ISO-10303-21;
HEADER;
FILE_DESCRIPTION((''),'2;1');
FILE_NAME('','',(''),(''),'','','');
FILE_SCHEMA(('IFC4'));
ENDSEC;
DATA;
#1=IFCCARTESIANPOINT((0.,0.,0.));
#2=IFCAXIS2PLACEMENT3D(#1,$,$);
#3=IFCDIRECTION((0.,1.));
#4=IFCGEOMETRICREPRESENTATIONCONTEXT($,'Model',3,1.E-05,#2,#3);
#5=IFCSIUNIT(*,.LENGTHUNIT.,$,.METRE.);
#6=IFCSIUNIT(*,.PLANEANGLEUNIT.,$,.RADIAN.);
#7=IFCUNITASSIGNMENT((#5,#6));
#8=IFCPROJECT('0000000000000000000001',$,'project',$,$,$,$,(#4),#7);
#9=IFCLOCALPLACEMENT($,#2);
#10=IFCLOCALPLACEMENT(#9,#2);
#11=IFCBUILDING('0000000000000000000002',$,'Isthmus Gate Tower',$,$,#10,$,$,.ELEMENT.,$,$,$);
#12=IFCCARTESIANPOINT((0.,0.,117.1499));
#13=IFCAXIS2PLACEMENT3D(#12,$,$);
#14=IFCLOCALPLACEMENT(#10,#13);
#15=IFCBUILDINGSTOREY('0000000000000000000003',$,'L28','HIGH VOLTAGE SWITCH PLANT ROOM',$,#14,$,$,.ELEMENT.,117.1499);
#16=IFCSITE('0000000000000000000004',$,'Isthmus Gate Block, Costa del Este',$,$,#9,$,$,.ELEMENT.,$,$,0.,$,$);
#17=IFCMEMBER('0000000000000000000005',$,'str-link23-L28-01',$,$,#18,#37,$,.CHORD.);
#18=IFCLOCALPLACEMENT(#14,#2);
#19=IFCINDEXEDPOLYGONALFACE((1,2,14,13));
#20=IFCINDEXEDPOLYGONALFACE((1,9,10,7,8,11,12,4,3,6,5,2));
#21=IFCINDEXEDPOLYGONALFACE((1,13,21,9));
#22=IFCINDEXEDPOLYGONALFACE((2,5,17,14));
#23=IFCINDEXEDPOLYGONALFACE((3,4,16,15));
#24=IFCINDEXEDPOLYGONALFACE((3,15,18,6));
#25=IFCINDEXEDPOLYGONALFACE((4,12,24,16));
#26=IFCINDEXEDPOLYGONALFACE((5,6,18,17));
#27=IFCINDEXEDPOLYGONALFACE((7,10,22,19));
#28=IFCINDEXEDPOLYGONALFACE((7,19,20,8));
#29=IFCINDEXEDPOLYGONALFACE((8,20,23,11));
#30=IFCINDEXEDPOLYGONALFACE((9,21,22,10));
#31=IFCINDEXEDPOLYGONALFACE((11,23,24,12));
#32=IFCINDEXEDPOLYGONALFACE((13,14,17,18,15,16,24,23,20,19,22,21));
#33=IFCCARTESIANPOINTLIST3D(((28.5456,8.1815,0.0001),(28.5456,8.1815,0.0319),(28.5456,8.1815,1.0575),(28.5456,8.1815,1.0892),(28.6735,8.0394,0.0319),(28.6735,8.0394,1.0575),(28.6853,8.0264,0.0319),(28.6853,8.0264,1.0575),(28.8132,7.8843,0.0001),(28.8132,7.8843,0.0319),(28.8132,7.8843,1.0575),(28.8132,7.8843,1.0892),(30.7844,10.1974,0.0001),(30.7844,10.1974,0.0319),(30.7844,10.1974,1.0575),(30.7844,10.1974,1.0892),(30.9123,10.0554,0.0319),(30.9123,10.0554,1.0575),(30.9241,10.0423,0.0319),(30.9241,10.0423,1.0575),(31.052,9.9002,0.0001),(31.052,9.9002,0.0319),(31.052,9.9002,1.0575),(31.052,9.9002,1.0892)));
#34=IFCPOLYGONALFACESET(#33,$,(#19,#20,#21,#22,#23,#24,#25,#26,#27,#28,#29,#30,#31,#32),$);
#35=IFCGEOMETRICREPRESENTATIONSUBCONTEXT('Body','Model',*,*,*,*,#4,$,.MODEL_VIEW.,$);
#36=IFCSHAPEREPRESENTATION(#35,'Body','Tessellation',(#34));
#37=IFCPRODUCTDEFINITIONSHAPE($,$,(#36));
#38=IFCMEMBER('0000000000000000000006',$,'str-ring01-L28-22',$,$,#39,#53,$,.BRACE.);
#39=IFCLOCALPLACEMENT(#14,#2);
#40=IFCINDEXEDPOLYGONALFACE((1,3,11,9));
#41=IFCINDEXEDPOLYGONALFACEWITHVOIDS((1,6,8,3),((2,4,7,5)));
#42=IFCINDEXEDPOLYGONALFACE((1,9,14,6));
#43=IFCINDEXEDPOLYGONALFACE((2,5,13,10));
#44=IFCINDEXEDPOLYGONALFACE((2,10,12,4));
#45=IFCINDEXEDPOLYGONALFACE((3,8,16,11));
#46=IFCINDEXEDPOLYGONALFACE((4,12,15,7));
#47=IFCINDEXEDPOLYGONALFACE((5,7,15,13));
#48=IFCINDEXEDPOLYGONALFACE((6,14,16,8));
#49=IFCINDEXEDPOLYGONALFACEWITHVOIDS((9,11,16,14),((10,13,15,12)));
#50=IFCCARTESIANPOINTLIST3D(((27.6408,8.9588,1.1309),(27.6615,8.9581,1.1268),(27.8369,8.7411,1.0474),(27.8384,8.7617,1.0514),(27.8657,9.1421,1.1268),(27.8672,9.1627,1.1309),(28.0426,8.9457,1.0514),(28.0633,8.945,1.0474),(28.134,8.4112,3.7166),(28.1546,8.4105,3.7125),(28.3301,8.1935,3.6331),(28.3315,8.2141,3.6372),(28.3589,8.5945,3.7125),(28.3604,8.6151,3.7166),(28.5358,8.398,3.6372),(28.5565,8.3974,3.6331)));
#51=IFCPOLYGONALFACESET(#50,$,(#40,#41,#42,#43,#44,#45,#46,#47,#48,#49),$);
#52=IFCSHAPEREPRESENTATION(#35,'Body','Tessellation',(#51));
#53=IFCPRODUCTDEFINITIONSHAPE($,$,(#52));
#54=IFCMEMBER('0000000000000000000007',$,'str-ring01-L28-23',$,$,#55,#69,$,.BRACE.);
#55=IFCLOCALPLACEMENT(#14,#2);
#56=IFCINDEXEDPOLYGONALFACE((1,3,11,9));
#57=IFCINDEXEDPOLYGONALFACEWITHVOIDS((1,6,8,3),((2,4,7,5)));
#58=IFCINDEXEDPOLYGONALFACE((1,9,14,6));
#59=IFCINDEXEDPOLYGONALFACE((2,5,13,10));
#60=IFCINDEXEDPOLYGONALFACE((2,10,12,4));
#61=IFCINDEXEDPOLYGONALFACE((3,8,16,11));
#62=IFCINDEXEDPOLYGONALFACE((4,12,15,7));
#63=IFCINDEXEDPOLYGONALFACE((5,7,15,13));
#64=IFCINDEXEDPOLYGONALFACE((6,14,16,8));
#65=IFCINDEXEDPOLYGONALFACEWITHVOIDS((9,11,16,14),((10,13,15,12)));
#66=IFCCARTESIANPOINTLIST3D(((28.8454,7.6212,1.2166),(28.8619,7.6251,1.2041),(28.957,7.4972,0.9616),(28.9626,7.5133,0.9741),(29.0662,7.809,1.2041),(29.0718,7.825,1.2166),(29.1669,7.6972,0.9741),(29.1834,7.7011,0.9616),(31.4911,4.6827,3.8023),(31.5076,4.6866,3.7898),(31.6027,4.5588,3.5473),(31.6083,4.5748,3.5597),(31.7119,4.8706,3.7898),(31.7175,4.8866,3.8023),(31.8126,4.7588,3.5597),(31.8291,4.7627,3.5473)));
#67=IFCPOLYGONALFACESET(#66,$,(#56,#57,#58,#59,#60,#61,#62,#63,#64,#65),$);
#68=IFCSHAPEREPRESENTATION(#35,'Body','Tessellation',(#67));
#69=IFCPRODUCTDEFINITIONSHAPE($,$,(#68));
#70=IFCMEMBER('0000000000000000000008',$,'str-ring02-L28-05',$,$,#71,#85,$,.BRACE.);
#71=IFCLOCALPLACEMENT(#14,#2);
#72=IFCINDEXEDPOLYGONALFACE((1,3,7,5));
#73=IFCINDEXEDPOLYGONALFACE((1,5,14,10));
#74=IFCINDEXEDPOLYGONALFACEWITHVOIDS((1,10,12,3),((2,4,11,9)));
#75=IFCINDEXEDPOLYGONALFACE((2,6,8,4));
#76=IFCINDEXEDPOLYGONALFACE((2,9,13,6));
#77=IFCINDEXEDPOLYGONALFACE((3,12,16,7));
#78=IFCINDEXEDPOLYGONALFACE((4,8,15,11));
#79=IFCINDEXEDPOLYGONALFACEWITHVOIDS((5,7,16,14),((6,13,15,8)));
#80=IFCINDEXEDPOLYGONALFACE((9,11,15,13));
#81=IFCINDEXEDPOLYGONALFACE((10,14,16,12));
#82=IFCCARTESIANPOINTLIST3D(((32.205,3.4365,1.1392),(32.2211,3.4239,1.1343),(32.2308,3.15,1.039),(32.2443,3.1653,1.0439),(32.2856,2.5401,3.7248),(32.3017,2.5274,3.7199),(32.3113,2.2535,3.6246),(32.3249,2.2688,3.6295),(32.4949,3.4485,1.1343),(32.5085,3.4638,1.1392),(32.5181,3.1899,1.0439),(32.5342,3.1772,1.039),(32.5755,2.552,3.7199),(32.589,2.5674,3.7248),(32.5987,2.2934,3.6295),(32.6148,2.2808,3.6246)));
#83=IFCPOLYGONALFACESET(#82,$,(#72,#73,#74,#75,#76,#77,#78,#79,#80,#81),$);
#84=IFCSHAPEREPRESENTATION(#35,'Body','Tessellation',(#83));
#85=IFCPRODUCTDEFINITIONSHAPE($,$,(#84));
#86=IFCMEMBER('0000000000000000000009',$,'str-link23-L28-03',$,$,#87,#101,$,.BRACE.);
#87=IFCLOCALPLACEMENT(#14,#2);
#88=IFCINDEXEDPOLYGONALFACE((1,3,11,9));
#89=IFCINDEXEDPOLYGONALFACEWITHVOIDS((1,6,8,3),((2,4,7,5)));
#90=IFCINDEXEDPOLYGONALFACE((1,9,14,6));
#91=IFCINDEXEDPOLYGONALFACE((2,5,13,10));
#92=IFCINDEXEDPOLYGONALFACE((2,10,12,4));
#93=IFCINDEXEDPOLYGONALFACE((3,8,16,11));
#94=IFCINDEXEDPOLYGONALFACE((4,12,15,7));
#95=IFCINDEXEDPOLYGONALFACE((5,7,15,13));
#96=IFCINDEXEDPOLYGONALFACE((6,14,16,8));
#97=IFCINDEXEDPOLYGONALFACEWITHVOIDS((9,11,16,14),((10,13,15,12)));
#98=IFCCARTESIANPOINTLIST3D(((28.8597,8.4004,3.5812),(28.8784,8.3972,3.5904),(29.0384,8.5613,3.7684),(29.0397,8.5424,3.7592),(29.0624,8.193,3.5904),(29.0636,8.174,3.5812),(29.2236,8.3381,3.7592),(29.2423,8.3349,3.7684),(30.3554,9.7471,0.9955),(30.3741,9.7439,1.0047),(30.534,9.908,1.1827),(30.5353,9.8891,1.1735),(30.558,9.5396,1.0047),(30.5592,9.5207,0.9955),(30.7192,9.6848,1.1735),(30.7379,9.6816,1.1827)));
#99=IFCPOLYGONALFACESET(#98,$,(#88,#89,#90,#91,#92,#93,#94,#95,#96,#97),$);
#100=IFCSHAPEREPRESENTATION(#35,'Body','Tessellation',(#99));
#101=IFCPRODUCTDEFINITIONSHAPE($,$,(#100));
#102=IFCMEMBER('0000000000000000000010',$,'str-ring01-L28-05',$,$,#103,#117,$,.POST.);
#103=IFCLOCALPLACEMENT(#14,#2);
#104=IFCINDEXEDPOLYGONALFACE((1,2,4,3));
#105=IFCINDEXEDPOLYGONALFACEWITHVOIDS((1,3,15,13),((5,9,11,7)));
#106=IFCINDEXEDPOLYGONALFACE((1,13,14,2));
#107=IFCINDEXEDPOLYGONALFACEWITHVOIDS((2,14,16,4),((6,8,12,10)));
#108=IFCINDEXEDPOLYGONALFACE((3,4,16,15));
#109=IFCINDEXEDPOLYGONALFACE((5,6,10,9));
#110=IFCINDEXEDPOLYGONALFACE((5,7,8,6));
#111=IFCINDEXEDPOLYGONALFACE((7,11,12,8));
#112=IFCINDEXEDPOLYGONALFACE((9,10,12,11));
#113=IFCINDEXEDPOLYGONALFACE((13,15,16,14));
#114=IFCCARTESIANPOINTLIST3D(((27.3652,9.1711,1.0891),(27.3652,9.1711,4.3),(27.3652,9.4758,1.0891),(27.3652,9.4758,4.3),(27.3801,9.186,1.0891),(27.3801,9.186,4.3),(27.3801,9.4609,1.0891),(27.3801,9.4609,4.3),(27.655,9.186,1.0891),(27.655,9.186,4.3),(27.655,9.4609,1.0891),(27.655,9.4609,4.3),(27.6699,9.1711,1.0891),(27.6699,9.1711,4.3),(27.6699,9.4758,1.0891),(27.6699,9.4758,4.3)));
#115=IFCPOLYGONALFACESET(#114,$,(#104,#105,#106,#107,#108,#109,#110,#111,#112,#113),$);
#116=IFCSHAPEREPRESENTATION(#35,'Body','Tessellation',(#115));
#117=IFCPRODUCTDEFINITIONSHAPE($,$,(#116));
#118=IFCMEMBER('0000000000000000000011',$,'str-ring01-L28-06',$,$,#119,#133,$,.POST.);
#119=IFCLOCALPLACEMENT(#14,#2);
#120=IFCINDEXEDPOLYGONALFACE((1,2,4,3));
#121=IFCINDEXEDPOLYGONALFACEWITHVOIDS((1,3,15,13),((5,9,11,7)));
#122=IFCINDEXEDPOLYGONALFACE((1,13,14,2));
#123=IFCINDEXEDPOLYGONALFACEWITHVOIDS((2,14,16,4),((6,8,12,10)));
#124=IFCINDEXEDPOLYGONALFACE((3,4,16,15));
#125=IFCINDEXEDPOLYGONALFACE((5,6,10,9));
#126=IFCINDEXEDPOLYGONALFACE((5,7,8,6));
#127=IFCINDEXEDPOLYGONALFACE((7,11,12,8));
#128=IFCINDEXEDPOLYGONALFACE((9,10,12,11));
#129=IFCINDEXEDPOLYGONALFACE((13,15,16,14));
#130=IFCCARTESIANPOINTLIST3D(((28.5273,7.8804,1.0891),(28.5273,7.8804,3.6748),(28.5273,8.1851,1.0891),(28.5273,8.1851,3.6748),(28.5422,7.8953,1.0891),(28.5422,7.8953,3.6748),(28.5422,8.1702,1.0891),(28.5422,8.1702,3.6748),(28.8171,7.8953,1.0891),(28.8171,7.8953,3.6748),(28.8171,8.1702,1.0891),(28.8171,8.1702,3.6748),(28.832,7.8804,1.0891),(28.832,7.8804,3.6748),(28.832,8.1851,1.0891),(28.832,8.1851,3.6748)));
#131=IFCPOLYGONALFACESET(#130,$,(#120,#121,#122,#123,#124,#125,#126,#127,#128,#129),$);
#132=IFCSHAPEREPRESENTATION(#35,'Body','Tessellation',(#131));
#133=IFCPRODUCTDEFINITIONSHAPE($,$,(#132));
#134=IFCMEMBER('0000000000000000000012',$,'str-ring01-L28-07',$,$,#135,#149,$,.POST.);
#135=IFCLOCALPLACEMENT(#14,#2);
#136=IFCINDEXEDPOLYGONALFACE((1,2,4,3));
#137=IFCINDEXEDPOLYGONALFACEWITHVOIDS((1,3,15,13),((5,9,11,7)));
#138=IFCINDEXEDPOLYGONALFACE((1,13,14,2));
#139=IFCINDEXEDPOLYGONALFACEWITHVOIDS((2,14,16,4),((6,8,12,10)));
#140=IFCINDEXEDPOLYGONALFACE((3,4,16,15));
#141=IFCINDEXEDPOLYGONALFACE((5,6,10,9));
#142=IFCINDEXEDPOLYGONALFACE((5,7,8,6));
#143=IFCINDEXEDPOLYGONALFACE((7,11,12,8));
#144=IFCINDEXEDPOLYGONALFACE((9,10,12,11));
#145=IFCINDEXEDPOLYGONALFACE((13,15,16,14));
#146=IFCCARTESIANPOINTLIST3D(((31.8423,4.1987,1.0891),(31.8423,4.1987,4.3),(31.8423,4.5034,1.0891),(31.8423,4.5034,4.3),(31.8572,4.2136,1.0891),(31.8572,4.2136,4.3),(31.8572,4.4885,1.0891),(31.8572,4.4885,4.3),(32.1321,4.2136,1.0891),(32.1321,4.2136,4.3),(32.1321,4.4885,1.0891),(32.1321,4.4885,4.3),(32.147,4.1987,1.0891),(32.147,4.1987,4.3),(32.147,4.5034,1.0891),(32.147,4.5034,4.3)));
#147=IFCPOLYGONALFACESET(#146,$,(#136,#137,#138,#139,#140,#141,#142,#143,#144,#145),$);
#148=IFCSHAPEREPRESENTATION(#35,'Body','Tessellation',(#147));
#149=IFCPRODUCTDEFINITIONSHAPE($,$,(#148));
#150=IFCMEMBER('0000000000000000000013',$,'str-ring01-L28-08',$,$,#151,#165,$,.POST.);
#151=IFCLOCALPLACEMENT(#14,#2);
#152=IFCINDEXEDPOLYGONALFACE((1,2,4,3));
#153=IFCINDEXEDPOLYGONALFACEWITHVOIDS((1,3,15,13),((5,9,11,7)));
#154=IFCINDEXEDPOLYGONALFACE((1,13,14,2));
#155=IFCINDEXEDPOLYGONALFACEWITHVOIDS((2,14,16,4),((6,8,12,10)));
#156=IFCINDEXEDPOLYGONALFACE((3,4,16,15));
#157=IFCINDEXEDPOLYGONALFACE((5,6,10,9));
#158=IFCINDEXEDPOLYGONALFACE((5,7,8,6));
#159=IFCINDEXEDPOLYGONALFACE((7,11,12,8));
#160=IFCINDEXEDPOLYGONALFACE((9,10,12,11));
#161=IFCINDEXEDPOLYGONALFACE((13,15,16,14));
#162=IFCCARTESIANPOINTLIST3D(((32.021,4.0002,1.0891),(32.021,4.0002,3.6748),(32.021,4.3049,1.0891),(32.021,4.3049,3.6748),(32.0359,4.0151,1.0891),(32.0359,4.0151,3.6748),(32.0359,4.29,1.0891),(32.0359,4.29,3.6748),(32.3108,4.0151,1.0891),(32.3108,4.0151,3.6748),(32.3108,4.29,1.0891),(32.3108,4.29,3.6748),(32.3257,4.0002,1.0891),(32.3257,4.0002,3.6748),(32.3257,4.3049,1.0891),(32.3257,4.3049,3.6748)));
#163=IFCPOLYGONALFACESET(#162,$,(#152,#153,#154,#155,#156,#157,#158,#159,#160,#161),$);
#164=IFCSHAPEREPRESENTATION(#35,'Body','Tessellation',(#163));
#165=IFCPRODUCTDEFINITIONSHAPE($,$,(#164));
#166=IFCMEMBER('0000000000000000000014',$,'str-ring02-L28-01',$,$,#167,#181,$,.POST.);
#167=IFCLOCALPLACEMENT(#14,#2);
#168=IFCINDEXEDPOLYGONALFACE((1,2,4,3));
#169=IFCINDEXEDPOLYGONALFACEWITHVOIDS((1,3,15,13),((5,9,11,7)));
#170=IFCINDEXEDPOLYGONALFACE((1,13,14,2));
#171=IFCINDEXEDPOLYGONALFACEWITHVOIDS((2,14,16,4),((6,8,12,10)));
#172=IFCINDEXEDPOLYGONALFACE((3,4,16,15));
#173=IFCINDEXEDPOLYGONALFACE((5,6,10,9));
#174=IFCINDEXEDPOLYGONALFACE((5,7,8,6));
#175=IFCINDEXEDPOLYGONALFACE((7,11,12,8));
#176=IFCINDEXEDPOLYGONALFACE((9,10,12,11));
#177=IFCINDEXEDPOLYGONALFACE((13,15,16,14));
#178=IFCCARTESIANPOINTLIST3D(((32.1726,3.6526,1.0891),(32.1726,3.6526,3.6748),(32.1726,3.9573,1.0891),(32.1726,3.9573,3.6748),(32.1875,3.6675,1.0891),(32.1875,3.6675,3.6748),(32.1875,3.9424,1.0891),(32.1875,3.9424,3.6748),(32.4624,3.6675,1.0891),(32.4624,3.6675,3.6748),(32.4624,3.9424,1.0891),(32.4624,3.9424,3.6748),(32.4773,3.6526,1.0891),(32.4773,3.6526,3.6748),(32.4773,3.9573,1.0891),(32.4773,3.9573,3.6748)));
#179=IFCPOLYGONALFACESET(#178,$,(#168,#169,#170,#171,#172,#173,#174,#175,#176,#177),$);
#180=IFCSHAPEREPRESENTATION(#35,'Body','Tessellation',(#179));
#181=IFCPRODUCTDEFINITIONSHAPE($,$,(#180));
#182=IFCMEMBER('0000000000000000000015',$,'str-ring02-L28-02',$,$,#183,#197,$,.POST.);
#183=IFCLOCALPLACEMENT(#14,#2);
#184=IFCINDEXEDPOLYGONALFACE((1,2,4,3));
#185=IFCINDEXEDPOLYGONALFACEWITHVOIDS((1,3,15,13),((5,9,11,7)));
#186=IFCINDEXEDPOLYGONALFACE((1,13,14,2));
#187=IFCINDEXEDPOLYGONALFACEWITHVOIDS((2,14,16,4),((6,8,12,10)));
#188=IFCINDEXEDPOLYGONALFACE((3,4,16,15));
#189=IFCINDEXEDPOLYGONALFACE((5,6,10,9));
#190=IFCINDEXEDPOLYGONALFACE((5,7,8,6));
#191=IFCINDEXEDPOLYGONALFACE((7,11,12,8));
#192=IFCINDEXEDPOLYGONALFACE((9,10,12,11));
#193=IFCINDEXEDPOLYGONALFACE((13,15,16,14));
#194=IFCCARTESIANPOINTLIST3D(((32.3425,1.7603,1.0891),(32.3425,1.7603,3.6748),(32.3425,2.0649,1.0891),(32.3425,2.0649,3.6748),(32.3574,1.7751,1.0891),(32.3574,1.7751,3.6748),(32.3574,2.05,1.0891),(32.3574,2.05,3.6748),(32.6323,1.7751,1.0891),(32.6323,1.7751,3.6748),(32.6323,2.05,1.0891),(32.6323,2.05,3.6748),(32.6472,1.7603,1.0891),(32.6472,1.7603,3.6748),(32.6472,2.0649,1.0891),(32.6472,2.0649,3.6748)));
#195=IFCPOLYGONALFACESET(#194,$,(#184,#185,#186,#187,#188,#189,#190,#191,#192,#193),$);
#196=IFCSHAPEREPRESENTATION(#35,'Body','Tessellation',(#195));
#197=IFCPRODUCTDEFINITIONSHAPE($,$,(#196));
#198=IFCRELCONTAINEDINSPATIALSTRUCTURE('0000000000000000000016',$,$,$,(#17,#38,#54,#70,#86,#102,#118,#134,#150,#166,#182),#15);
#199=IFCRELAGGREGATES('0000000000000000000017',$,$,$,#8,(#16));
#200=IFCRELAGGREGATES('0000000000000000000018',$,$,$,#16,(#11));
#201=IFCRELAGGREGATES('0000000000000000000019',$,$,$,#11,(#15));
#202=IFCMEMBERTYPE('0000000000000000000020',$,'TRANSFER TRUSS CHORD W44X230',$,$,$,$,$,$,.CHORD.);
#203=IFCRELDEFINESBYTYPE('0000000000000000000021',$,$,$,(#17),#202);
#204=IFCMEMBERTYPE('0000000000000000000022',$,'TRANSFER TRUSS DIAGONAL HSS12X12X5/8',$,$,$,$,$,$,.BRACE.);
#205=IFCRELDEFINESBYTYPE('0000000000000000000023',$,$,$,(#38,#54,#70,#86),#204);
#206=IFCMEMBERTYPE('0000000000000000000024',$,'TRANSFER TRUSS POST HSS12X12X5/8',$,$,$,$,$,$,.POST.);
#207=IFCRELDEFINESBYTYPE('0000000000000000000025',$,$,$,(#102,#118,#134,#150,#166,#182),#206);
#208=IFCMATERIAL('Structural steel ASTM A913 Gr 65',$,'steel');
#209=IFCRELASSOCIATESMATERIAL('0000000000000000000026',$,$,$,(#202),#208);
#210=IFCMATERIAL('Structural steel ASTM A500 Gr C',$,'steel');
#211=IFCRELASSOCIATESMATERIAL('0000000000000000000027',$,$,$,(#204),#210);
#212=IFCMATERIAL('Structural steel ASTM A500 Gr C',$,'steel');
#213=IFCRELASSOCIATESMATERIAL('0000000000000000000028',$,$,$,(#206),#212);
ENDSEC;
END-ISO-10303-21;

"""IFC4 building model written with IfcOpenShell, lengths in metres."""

from ifc_helpers import new_model, si_unit, direction, frame, origin, origin_2d, place, context, subcontext, project, spatial, hollow_rectangle, i_section, extrude, material, material_profile, profile_set, type_object, element, save


model = new_model("IFC4")

# Units and contexts
model_context = context("Model", 3, precision=1e-05, world=origin(), true_north=direction((0.0, 1.0)))
body_context = subcontext(model_context, "Body", "Model", "MODEL_VIEW")
ifc_project = project(units=[si_unit("LENGTHUNIT", "METRE"), si_unit("PLANEANGLEUNIT", "RADIAN")], contexts=[model_context])

# Site, building, storey
site_placement = place(None, origin())
site = spatial("IfcSite", under=ifc_project, at=site_placement, Name="Isthmus Gate Block, Costa del Este", CompositionType="ELEMENT", RefElevation=0.0)
building_placement = place(site_placement, origin())
building = spatial("IfcBuilding", under=site, at=building_placement, Name="Isthmus Gate Tower", CompositionType="ELEMENT")
storey_placement = place(building_placement, frame((0.0, 0.0, 117.1499)))
storey = spatial("IfcBuildingStorey", under=building, at=storey_placement, Name="L28", Description="HIGH VOLTAGE SWITCH PLANT ROOM", CompositionType="ELEMENT", Elevation=117.1499)

# Members
ifc_material_1 = material(Name="Structural steel ASTM A913 Gr 65", Category="steel")
ifc_material_profile_1 = material_profile(ifc_material_1, i_section(OverallWidth=0.3999, OverallDepth=1.0891, WebThickness=0.0176, FlangeThickness=0.0317, at=origin_2d()), Name="W44X230")
ifc_profile_set_1 = profile_set([ifc_material_profile_1], Name="Structural steel ASTM A913 Gr 65")
member_type_1 = type_object("IfcMemberType", Name="TRANSFER TRUSS CHORD W44X230", PredefinedType="CHORD", material=ifc_profile_set_1)
member_1_placement = place(storey_placement, frame((30.9182, 10.0488, 0.5447), z_axis=(-0.743133, -0.669144, 0.0), x_axis=(0.669144, -0.743133, 0.0)))
element("IfcMember", 1, at=member_1_placement, inside=storey, type_object=member_type_1, Name="str-link23-L28-01", PredefinedType="CHORD", context=body_context, shape_type="SweptSolid", body=[
    extrude(i_section(OverallWidth=0.3999, OverallDepth=1.0891, WebThickness=0.0176, FlangeThickness=0.0317, at=origin_2d()), origin(), (0.0, 0.0, 1.0), 3.0127),
])
ifc_material_2 = material(Name="Structural steel ASTM A500 Gr C", Category="steel")
ifc_material_profile_2 = material_profile(ifc_material_2, hollow_rectangle(XDim=0.3047, YDim=0.3047, WallThickness=0.0149, at=origin_2d()), Name="HSS12X12X5/8")
ifc_profile_set_2 = profile_set([ifc_material_profile_2], Name="Structural steel ASTM A500 Gr C")
member_type_2 = type_object("IfcMemberType", Name="TRANSFER TRUSS DIAGONAL HSS12X12X5/8", PredefinedType="BRACE", material=ifc_profile_set_2)
member_2_placement = place(storey_placement, frame((27.8521, 8.9519, 1.0891), z_axis=(0.183424, -0.203673, 0.961703), x_axis=(0.74308, 0.669203, 0.0)))
element("IfcMember", 2, at=member_2_placement, inside=storey, type_object=member_type_2, Name="str-ring01-L28-22", PredefinedType="BRACE", context=body_context, shape_type="SweptSolid", body=[
    extrude(hollow_rectangle(XDim=0.3047, YDim=0.3047, WallThickness=0.0149, at=origin_2d()), origin(), (0.0, 0.0, 1.0), 2.6887),
])
member_3_placement = place(storey_placement, frame((29.0144, 7.6611, 1.0891), z_axis=(0.560012, -0.621972, 0.5473), x_axis=(0.743153, 0.669122, 0.0)))
element("IfcMember", 3, at=member_3_placement, inside=storey, type_object=member_type_2, Name="str-ring01-L28-23", PredefinedType="BRACE", context=body_context, shape_type="SweptSolid", body=[
    extrude(hollow_rectangle(XDim=0.3047, YDim=0.3047, WallThickness=0.0149, at=origin_2d()), origin(), (0.0, 0.0, 1.0), 4.7244),
])
member_4_placement = place(storey_placement, frame((32.3696, 3.3069, 1.0891), z_axis=(0.029427, -0.327437, 0.944415), x_axis=(0.995986, 0.089509, 0.0)))
element("IfcMember", 4, at=member_4_placement, inside=storey, type_object=member_type_2, Name="str-ring02-L28-05", PredefinedType="BRACE", context=body_context, shape_type="SweptSolid", body=[
    extrude(hollow_rectangle(XDim=0.3047, YDim=0.3047, WallThickness=0.0149, at=origin_2d()), origin(), (0.0, 0.0, 1.0), 2.7378),
])
member_5_placement = place(storey_placement, frame((30.5466, 9.7144, 1.0891), z_axis=(-0.456449, -0.410997, 0.789136), x_axis=(0.669139, -0.743137, 0.0)))
element("IfcMember", 5, at=member_5_placement, inside=storey, type_object=member_type_2, Name="str-link23-L28-03", PredefinedType="BRACE", context=body_context, shape_type="SweptSolid", body=[
    extrude(hollow_rectangle(XDim=0.3047, YDim=0.3047, WallThickness=0.0149, at=origin_2d()), origin(), (0.0, 0.0, 1.0), 3.2766),
])
ifc_material_3 = material(Name="Structural steel ASTM A500 Gr C", Category="steel")
ifc_material_profile_3 = material_profile(ifc_material_3, hollow_rectangle(XDim=0.3047, YDim=0.3047, WallThickness=0.0149, at=origin_2d()), Name="HSS12X12X5/8")
ifc_profile_set_3 = profile_set([ifc_material_profile_3], Name="Structural steel ASTM A500 Gr C")
member_type_3 = type_object("IfcMemberType", Name="TRANSFER TRUSS POST HSS12X12X5/8", PredefinedType="POST", material=ifc_profile_set_3)
member_6_placement = place(storey_placement, frame((27.5176, 9.3235, 1.0891), z_axis=(0.0, 0.0, 1.0), x_axis=(1.0, 0.0, 0.0)))
element("IfcMember", 6, at=member_6_placement, inside=storey, type_object=member_type_3, Name="str-ring01-L28-05", PredefinedType="POST", context=body_context, shape_type="SweptSolid", body=[
    extrude(hollow_rectangle(XDim=0.3047, YDim=0.3047, WallThickness=0.0149, at=origin_2d()), origin(), (0.0, 0.0, 1.0), 3.2109),
])
member_7_placement = place(storey_placement, frame((28.6797, 8.0327, 1.0891), z_axis=(0.0, 0.0, 1.0), x_axis=(1.0, 0.0, 0.0)))
element("IfcMember", 7, at=member_7_placement, inside=storey, type_object=member_type_3, Name="str-ring01-L28-06", PredefinedType="POST", context=body_context, shape_type="SweptSolid", body=[
    extrude(hollow_rectangle(XDim=0.3047, YDim=0.3047, WallThickness=0.0149, at=origin_2d()), origin(), (0.0, 0.0, 1.0), 2.5857),
])
member_8_placement = place(storey_placement, frame((31.9946, 4.3511, 1.0891), z_axis=(0.0, 0.0, 1.0), x_axis=(1.0, 0.0, 0.0)))
element("IfcMember", 8, at=member_8_placement, inside=storey, type_object=member_type_3, Name="str-ring01-L28-07", PredefinedType="POST", context=body_context, shape_type="SweptSolid", body=[
    extrude(hollow_rectangle(XDim=0.3047, YDim=0.3047, WallThickness=0.0149, at=origin_2d()), origin(), (0.0, 0.0, 1.0), 3.2109),
])
for number, where, z_axis, x_axis, name in (
    (9, (32.1733, 4.1526, 1.0891), (0.0, 0.0, 1.0), (1.0, 0.0, 0.0), "str-ring01-L28-08"),
    (10, (32.325, 3.8049, 1.0891), (0.0, 0.0, 1.0), (1.0, 0.0, 0.0), "str-ring02-L28-01"),
    (11, (32.4949, 1.9126, 1.0891), (0.0, 0.0, 1.0), (1.0, 0.0, 0.0), "str-ring02-L28-02"),
):
    element("IfcMember", number, at=place(storey_placement, frame(where, z_axis=z_axis, x_axis=x_axis)), inside=storey, type_object=member_type_3, Name=name, PredefinedType="POST", context=body_context, shape_type="SweptSolid", body=[
        extrude(hollow_rectangle(XDim=0.3047, YDim=0.3047, WallThickness=0.0149, at=origin_2d()), origin(), (0.0, 0.0, 1.0), 2.5857),
    ])

save(model, "model.ifc")
